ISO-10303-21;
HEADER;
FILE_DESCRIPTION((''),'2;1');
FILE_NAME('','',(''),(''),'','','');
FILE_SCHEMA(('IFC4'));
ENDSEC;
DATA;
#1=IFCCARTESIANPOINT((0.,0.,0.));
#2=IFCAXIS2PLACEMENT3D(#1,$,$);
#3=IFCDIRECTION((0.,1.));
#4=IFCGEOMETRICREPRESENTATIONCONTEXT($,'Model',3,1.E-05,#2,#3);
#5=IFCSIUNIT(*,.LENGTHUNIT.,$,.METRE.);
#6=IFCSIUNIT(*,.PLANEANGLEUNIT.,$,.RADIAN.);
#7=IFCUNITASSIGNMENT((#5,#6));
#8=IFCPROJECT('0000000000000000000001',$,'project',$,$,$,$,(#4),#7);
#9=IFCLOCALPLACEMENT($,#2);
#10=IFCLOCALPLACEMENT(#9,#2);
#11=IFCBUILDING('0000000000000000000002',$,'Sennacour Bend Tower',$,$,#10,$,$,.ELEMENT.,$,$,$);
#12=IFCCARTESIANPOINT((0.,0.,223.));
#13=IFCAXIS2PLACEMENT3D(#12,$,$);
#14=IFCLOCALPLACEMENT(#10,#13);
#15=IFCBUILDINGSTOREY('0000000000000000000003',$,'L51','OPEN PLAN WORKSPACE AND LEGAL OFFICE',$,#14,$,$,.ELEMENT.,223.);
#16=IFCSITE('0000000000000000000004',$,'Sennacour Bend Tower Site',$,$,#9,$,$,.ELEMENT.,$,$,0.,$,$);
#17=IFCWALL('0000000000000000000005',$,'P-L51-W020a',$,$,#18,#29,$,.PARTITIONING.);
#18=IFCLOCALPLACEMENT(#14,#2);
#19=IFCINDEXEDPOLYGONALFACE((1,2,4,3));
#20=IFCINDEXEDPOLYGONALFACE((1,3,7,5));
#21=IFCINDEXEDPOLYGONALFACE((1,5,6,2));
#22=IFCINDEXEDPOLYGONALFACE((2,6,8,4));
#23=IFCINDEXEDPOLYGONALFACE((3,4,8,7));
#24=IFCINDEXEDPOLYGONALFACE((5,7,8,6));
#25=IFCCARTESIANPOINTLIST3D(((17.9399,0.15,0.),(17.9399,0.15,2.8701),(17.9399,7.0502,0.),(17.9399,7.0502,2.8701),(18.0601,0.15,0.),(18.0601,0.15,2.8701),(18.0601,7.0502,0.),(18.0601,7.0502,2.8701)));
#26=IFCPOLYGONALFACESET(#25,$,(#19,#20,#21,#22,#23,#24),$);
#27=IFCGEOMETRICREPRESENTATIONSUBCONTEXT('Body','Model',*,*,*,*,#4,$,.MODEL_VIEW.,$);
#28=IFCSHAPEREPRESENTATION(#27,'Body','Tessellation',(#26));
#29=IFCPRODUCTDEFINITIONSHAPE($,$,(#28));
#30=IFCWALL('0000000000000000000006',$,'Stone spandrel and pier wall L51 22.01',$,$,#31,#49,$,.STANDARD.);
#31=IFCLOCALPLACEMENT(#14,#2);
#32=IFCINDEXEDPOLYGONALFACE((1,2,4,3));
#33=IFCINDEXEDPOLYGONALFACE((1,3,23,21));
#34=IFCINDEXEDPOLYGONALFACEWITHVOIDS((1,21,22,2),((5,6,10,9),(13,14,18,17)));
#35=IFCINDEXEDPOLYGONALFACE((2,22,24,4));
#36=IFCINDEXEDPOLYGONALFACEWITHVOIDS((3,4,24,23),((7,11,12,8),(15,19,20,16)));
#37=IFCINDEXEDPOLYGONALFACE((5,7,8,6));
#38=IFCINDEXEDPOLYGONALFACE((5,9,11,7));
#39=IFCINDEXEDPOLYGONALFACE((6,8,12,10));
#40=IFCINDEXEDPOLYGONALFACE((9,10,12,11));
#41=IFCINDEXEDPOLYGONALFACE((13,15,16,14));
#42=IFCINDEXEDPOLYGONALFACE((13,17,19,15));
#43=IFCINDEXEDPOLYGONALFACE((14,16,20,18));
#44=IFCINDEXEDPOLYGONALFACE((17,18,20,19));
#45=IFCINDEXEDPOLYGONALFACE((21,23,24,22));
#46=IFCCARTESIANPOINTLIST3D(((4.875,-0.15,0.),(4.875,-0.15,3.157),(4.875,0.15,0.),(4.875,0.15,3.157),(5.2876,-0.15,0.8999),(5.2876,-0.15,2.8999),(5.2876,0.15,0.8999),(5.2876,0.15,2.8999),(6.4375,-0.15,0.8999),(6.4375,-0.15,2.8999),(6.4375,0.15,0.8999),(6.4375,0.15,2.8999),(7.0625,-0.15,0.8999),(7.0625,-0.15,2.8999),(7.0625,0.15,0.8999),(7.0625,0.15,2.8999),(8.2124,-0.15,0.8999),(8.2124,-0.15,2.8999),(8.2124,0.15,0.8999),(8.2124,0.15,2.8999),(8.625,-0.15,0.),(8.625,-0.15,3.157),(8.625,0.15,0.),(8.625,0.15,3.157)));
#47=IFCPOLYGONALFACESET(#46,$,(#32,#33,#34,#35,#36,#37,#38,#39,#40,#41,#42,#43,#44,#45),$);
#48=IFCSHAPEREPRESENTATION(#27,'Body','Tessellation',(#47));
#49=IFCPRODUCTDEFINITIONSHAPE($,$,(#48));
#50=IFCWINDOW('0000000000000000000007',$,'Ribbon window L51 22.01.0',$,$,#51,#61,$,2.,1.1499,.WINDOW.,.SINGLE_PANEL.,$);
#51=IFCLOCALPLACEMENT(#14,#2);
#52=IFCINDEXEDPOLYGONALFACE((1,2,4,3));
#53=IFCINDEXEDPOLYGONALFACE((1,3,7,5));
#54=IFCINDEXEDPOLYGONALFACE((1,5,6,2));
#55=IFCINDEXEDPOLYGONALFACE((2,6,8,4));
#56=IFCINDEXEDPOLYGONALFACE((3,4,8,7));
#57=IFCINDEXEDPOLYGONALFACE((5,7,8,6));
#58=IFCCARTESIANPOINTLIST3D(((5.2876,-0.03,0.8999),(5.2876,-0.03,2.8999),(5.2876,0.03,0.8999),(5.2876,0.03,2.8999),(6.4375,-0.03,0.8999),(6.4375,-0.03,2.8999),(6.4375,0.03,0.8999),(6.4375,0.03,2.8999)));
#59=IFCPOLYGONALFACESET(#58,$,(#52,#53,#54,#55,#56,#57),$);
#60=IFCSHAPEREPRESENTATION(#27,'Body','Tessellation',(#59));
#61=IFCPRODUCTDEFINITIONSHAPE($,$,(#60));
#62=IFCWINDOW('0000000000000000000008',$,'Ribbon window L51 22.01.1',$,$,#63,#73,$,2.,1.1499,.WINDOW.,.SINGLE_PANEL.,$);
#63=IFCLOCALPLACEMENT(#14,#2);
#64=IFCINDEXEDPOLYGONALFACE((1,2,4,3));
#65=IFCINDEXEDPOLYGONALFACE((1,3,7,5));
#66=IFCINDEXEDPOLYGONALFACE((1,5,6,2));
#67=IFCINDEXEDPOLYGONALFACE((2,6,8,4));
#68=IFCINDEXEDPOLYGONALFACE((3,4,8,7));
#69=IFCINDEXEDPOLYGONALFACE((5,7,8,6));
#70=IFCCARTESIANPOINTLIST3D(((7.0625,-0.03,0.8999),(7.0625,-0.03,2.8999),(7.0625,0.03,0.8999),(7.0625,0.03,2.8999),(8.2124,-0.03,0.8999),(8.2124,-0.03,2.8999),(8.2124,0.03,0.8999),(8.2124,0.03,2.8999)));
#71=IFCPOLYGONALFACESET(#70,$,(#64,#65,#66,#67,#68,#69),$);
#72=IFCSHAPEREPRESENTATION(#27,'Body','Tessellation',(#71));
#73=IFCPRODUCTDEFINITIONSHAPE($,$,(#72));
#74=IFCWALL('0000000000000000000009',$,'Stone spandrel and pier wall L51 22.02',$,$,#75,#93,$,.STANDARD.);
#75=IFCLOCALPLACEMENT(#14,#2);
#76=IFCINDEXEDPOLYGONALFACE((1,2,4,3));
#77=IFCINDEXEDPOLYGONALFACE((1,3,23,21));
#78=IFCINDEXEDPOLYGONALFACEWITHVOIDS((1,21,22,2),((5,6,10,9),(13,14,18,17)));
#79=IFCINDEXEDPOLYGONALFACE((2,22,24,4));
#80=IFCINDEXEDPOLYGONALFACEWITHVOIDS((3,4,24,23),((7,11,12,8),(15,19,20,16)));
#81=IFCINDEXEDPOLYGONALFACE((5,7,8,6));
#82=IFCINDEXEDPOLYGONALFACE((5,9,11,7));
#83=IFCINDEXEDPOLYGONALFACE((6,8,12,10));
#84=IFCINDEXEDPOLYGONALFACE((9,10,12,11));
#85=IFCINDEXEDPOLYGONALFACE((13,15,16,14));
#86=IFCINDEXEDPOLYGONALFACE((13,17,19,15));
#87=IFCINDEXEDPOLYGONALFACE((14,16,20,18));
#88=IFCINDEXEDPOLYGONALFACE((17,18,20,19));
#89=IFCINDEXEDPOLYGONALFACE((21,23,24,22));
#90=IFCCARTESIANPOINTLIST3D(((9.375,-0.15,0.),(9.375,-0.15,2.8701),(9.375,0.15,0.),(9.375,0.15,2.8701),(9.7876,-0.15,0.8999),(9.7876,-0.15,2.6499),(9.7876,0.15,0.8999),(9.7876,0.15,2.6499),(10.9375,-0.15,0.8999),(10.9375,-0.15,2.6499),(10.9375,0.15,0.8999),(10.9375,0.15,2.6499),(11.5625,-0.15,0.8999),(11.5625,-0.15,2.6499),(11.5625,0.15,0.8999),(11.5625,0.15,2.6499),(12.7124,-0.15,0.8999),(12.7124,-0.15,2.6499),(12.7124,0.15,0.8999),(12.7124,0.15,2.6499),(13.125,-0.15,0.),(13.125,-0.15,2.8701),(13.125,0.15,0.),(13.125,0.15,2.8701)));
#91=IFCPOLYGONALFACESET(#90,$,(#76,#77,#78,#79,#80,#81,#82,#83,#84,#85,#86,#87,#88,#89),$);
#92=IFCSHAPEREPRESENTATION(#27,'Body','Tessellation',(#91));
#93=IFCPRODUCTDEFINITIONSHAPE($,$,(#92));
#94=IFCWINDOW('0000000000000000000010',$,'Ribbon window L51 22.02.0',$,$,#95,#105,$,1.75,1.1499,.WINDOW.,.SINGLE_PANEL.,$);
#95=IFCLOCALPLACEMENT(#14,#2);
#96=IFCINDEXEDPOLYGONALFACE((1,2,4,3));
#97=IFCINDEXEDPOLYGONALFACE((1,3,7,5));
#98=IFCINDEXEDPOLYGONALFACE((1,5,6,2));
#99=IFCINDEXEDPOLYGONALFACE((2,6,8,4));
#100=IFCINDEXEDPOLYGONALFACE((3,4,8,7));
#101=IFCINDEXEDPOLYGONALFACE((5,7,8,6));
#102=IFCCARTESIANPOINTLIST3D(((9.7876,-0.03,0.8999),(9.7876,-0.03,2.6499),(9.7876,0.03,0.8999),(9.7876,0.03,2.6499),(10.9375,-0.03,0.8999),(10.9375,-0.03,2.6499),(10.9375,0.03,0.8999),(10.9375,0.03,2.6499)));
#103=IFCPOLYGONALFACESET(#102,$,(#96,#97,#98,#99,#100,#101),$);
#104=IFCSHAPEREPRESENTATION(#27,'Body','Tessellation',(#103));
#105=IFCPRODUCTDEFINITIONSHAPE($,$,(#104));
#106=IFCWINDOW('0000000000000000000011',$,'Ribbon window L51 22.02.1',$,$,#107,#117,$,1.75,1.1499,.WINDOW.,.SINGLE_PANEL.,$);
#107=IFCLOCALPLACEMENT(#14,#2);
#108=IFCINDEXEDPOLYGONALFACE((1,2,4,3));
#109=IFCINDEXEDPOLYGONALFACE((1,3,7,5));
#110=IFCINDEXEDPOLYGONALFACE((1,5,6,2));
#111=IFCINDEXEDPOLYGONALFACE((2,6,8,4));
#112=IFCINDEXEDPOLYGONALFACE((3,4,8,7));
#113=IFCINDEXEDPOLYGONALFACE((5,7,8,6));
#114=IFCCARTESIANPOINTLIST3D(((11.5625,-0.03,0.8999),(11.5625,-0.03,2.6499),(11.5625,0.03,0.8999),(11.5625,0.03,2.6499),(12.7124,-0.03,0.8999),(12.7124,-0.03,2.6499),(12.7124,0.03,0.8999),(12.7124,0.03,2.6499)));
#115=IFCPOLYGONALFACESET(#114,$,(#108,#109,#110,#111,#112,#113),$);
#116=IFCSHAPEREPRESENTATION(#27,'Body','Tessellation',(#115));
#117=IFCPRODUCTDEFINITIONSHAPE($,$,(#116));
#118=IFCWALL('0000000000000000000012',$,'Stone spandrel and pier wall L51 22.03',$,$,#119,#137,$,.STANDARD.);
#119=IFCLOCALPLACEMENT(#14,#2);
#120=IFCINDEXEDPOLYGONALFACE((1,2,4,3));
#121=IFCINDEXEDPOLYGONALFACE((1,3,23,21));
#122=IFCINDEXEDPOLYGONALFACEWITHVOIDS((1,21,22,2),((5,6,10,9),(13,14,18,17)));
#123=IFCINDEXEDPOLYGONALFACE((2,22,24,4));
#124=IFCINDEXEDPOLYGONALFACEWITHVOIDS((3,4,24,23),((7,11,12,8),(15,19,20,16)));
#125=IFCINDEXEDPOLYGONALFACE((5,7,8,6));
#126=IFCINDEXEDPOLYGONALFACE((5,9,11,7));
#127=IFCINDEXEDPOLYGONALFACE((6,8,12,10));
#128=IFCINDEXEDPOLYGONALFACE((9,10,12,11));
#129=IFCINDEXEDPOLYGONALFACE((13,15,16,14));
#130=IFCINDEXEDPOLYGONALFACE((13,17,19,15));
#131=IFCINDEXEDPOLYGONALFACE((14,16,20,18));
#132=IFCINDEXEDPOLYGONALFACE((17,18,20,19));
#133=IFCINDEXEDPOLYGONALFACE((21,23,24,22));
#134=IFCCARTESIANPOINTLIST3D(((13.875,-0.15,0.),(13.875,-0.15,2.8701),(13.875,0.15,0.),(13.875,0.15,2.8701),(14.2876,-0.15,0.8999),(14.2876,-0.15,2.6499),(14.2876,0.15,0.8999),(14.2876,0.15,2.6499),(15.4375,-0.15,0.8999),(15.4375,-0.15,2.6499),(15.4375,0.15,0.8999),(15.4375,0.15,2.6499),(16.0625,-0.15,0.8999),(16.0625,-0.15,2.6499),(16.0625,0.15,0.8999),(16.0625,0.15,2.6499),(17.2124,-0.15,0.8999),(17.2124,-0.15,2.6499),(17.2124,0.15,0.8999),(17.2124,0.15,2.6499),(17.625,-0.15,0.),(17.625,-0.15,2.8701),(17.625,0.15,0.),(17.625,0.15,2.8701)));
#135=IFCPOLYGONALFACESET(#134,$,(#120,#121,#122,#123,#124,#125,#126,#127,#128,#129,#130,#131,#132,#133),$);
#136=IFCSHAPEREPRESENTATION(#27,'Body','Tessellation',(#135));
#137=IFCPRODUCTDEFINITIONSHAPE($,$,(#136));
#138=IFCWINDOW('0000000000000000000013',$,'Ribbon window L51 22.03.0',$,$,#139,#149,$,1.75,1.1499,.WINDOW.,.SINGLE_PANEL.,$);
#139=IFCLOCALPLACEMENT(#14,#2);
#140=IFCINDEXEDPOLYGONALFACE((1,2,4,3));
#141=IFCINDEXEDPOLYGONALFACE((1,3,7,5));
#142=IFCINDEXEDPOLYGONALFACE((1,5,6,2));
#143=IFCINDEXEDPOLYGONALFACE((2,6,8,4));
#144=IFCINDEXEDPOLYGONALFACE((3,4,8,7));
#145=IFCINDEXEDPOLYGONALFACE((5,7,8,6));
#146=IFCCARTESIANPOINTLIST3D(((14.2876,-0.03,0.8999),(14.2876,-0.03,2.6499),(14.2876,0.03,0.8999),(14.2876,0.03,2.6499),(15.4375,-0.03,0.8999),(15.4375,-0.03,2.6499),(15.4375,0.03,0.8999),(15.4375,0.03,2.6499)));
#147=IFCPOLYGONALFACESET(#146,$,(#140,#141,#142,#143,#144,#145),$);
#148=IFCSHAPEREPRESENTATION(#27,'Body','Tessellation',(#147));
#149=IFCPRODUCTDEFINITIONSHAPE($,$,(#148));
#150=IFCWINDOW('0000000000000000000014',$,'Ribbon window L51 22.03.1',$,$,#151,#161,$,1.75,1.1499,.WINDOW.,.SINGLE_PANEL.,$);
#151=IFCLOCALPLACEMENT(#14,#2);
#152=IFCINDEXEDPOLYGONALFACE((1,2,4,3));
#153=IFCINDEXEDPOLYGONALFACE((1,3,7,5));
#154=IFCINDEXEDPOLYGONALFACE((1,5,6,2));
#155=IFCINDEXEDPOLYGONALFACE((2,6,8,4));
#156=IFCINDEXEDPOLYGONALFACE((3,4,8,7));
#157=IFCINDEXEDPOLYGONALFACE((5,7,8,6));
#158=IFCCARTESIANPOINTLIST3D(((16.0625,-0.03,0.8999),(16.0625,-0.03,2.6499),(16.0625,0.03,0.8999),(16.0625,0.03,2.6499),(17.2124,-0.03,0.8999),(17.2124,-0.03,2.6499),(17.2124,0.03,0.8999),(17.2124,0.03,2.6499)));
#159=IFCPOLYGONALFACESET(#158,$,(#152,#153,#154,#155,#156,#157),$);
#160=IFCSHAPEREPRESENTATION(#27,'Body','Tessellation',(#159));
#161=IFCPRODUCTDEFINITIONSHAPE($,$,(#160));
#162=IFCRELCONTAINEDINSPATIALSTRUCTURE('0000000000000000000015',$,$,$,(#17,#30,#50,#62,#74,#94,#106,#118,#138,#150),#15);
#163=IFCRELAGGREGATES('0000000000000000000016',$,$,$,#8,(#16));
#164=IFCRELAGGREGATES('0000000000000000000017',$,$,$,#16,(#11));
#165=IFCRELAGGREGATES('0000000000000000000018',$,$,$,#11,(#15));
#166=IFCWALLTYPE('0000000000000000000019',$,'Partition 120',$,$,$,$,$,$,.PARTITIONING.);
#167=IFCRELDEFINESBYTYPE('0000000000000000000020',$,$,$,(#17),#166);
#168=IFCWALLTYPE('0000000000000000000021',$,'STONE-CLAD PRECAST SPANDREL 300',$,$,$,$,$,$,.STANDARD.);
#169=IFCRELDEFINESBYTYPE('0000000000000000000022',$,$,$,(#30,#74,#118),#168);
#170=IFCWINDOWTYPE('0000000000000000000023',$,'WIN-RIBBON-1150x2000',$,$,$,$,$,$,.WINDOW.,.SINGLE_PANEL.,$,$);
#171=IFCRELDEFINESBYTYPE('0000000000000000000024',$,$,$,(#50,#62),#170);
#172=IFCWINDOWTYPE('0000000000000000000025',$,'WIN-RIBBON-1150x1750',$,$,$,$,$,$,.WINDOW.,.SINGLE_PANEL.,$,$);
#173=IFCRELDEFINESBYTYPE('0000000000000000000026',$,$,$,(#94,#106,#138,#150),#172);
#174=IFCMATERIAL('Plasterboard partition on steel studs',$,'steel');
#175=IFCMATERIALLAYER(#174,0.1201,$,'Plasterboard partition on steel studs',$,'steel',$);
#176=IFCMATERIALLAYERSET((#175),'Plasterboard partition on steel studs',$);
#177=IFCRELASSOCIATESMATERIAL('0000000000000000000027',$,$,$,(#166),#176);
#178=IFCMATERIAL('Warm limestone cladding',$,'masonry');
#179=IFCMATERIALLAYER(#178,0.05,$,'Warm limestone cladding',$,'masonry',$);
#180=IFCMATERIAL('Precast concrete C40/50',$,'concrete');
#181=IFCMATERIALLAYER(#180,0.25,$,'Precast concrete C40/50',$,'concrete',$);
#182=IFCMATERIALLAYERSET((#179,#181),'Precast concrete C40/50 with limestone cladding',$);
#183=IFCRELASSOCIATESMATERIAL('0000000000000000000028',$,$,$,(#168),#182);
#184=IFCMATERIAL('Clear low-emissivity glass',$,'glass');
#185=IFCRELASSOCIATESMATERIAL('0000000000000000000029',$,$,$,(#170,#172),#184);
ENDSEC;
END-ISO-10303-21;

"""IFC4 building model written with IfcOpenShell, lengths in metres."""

from ifc_helpers import new_model, si_unit, direction, frame, frame_2d, origin, place, context, subcontext, project, spatial, rectangle, extrude, material, layer, layer_set, type_object, element, fill, save


model = new_model("IFC4")

# Units and contexts
model_context = context("Model", 3, precision=1e-05, world=origin(), true_north=direction((0.0, 1.0)))
body_context = subcontext(model_context, "Body", "Model", "MODEL_VIEW")
ifc_project = project(units=[si_unit("LENGTHUNIT", "METRE"), si_unit("PLANEANGLEUNIT", "RADIAN")], contexts=[model_context])

# Site, building, storey
site_placement = place(None, origin())
site = spatial("IfcSite", under=ifc_project, at=site_placement, Name="Sennacour Bend Tower Site", CompositionType="ELEMENT", RefElevation=0.0)
building_placement = place(site_placement, origin())
building = spatial("IfcBuilding", under=site, at=building_placement, Name="Sennacour Bend Tower", CompositionType="ELEMENT")
storey_placement = place(building_placement, frame((0.0, 0.0, 223.0)))
storey = spatial("IfcBuildingStorey", under=building, at=storey_placement, Name="L51", Description="OPEN PLAN WORKSPACE AND LEGAL OFFICE", CompositionType="ELEMENT", Elevation=223.0)

# Wall
ifc_material_1 = material(Name="Plasterboard partition on steel studs", Category="steel")
ifc_layer_1 = layer(ifc_material_1, 0.1201, Name="Plasterboard partition on steel studs", Category="steel")
ifc_layer_set_1 = layer_set([ifc_layer_1], Name="Plasterboard partition on steel studs")
wall_type_1 = type_object("IfcWallType", Name="Partition 120", PredefinedType="PARTITIONING", material=ifc_layer_set_1)
for number, where, z_axis, x_axis, name in (
    (1, (18.0, 0.1499, 0.0), (0.0, 0.0, 1.0), (0.0, 1.0, 0.0), "P-L51-W020a"),
):
    element("IfcWall", number, at=place(storey_placement, frame(where, z_axis=z_axis, x_axis=x_axis)), inside=storey, type_object=wall_type_1, Name=name, PredefinedType="PARTITIONING", context=body_context, shape_type="SweptSolid", body=[
        extrude(rectangle(XDim=6.9001, YDim=0.1201, at=frame_2d((3.4502, 0.0))), origin(), (0.0, 0.0, 1.0), 2.8701),
    ])

# Walls, openings, windows
ifc_material_2 = material(Name="Warm limestone cladding", Category="masonry")
ifc_layer_2 = layer(ifc_material_2, 0.05, Name="Warm limestone cladding", Category="masonry")
ifc_material_3 = material(Name="Precast concrete C40/50", Category="concrete")
ifc_layer_3 = layer(ifc_material_3, 0.25, Name="Precast concrete C40/50", Category="concrete")
ifc_layer_set_2 = layer_set([ifc_layer_2, ifc_layer_3], Name="Precast concrete C40/50 with limestone cladding")
wall_type_2 = type_object("IfcWallType", Name="STONE-CLAD PRECAST SPANDREL 300", PredefinedType="STANDARD", material=ifc_layer_set_2)
wall_1_placement = place(storey_placement, frame((4.875, 0.0, 0.0), z_axis=(0.0, 0.0, 1.0), x_axis=(1.0, 0.0, 0.0)))
wall_1 = element("IfcWall", 2, at=wall_1_placement, inside=storey, type_object=wall_type_2, Name="Stone spandrel and pier wall L51 22.01", PredefinedType="STANDARD", context=body_context, shape_type="SweptSolid", body=[
    extrude(rectangle(XDim=3.75, YDim=0.3, at=frame_2d((1.875, 0.0))), origin(), (0.0, 0.0, 1.0), 3.157),
])
opening_1_placement = place(wall_1_placement, frame((0.4126, 0.0, 0.8999)))
opening_1 = element("IfcOpeningElement", 3, at=opening_1_placement, cuts=wall_1, PredefinedType="OPENING", context=body_context, shape_type="SweptSolid", body=[
    extrude(rectangle(XDim=1.1499, YDim=2.0, at=frame_2d((0.575, 1.0))), frame((0.0, 0.1602, 0.0), z_axis=(0.0, -1.0, 0.0), x_axis=(1.0, 0.0, 0.0)), (0.0, 0.0, 1.0), 0.3201),
])
opening_2_placement = place(wall_1_placement, frame((2.1875, 0.0, 0.8999)))
opening_2 = element("IfcOpeningElement", 4, at=opening_2_placement, cuts=wall_1, PredefinedType="OPENING", context=body_context, shape_type="SweptSolid", body=[
    extrude(rectangle(XDim=1.1499, YDim=2.0, at=frame_2d((0.575, 1.0))), frame((0.0, 0.1602, 0.0), z_axis=(0.0, -1.0, 0.0), x_axis=(1.0, 0.0, 0.0)), (0.0, 0.0, 1.0), 0.3201),
])
ifc_material_4 = material(Name="Clear low-emissivity glass", Category="glass")
window_type_1 = type_object("IfcWindowType", Name="WIN-RIBBON-1150x2000", PartitioningType="SINGLE_PANEL", PredefinedType="WINDOW", material=ifc_material_4)
window_1_placement = place(opening_1_placement, origin())
window_1 = element("IfcWindow", 5, at=window_1_placement, inside=storey, type_object=window_type_1, Name="Ribbon window L51 22.01.0", OverallHeight=2.0, OverallWidth=1.1499, PartitioningType="SINGLE_PANEL", PredefinedType="WINDOW", context=body_context, shape_type="SweptSolid", body=[
    extrude(rectangle(XDim=1.1499, YDim=2.0, at=frame_2d((0.575, 1.0))), frame((0.0, 0.03, 0.0), z_axis=(0.0, -1.0, 0.0), x_axis=(1.0, 0.0, 0.0)), (0.0, 0.0, 1.0), 0.0601),
])
fill(opening_1, window_1)
window_2_placement = place(opening_2_placement, origin())
window_2 = element("IfcWindow", 6, at=window_2_placement, inside=storey, type_object=window_type_1, Name="Ribbon window L51 22.01.1", OverallHeight=2.0, OverallWidth=1.1499, PartitioningType="SINGLE_PANEL", PredefinedType="WINDOW", context=body_context, shape_type="SweptSolid", body=[
    extrude(rectangle(XDim=1.1499, YDim=2.0, at=frame_2d((0.575, 1.0))), frame((0.0, 0.03, 0.0), z_axis=(0.0, -1.0, 0.0), x_axis=(1.0, 0.0, 0.0)), (0.0, 0.0, 1.0), 0.0601),
])
fill(opening_2, window_2)
wall_2_placement = place(storey_placement, frame((9.375, 0.0, 0.0), z_axis=(0.0, 0.0, 1.0), x_axis=(1.0, 0.0, 0.0)))
wall_2 = element("IfcWall", 7, at=wall_2_placement, inside=storey, type_object=wall_type_2, Name="Stone spandrel and pier wall L51 22.02", PredefinedType="STANDARD", context=body_context, shape_type="SweptSolid", body=[
    extrude(rectangle(XDim=3.75, YDim=0.3, at=frame_2d((1.875, 0.0))), origin(), (0.0, 0.0, 1.0), 2.8701),
])
opening_3_placement = place(wall_2_placement, frame((0.4126, 0.0, 0.8999)))
opening_3 = element("IfcOpeningElement", 8, at=opening_3_placement, cuts=wall_2, PredefinedType="OPENING", context=body_context, shape_type="SweptSolid", body=[
    extrude(rectangle(XDim=1.1499, YDim=1.75, at=frame_2d((0.575, 0.875))), frame((0.0, 0.1602, 0.0), z_axis=(0.0, -1.0, 0.0), x_axis=(1.0, 0.0, 0.0)), (0.0, 0.0, 1.0), 0.3201),
])
opening_4_placement = place(wall_2_placement, frame((2.1875, 0.0, 0.8999)))
opening_4 = element("IfcOpeningElement", 9, at=opening_4_placement, cuts=wall_2, PredefinedType="OPENING", context=body_context, shape_type="SweptSolid", body=[
    extrude(rectangle(XDim=1.1499, YDim=1.75, at=frame_2d((0.575, 0.875))), frame((0.0, 0.1602, 0.0), z_axis=(0.0, -1.0, 0.0), x_axis=(1.0, 0.0, 0.0)), (0.0, 0.0, 1.0), 0.3201),
])
window_type_2 = type_object("IfcWindowType", Name="WIN-RIBBON-1150x1750", PartitioningType="SINGLE_PANEL", PredefinedType="WINDOW", material=ifc_material_4)
window_3_placement = place(opening_3_placement, origin())
window_3 = element("IfcWindow", 10, at=window_3_placement, inside=storey, type_object=window_type_2, Name="Ribbon window L51 22.02.0", OverallHeight=1.75, OverallWidth=1.1499, PartitioningType="SINGLE_PANEL", PredefinedType="WINDOW", context=body_context, shape_type="SweptSolid", body=[
    extrude(rectangle(XDim=1.1499, YDim=1.75, at=frame_2d((0.575, 0.875))), frame((0.0, 0.03, 0.0), z_axis=(0.0, -1.0, 0.0), x_axis=(1.0, 0.0, 0.0)), (0.0, 0.0, 1.0), 0.0601),
])
fill(opening_3, window_3)
window_4_placement = place(opening_4_placement, origin())
window_4 = element("IfcWindow", 11, at=window_4_placement, inside=storey, type_object=window_type_2, Name="Ribbon window L51 22.02.1", OverallHeight=1.75, OverallWidth=1.1499, PartitioningType="SINGLE_PANEL", PredefinedType="WINDOW", context=body_context, shape_type="SweptSolid", body=[
    extrude(rectangle(XDim=1.1499, YDim=1.75, at=frame_2d((0.575, 0.875))), frame((0.0, 0.03, 0.0), z_axis=(0.0, -1.0, 0.0), x_axis=(1.0, 0.0, 0.0)), (0.0, 0.0, 1.0), 0.0601),
])
fill(opening_4, window_4)
wall_3_placement = place(storey_placement, frame((13.875, 0.0, 0.0), z_axis=(0.0, 0.0, 1.0), x_axis=(1.0, 0.0, 0.0)))
wall_3 = element("IfcWall", 12, at=wall_3_placement, inside=storey, type_object=wall_type_2, Name="Stone spandrel and pier wall L51 22.03", PredefinedType="STANDARD", context=body_context, shape_type="SweptSolid", body=[
    extrude(rectangle(XDim=3.75, YDim=0.3, at=frame_2d((1.875, 0.0))), origin(), (0.0, 0.0, 1.0), 2.8701),
])
opening_5_placement = place(wall_3_placement, frame((0.4126, 0.0, 0.8999)))
opening_5 = element("IfcOpeningElement", 13, at=opening_5_placement, cuts=wall_3, PredefinedType="OPENING", context=body_context, shape_type="SweptSolid", body=[
    extrude(rectangle(XDim=1.1499, YDim=1.75, at=frame_2d((0.575, 0.875))), frame((0.0, 0.1602, 0.0), z_axis=(0.0, -1.0, 0.0), x_axis=(1.0, 0.0, 0.0)), (0.0, 0.0, 1.0), 0.3201),
])
opening_6_placement = place(wall_3_placement, frame((2.1875, 0.0, 0.8999)))
opening_6 = element("IfcOpeningElement", 14, at=opening_6_placement, cuts=wall_3, PredefinedType="OPENING", context=body_context, shape_type="SweptSolid", body=[
    extrude(rectangle(XDim=1.1499, YDim=1.75, at=frame_2d((0.575, 0.875))), frame((0.0, 0.1602, 0.0), z_axis=(0.0, -1.0, 0.0), x_axis=(1.0, 0.0, 0.0)), (0.0, 0.0, 1.0), 0.3201),
])
window_5_placement = place(opening_5_placement, origin())
window_5 = element("IfcWindow", 15, at=window_5_placement, inside=storey, type_object=window_type_2, Name="Ribbon window L51 22.03.0", OverallHeight=1.75, OverallWidth=1.1499, PartitioningType="SINGLE_PANEL", PredefinedType="WINDOW", context=body_context, shape_type="SweptSolid", body=[
    extrude(rectangle(XDim=1.1499, YDim=1.75, at=frame_2d((0.575, 0.875))), frame((0.0, 0.03, 0.0), z_axis=(0.0, -1.0, 0.0), x_axis=(1.0, 0.0, 0.0)), (0.0, 0.0, 1.0), 0.0601),
])
fill(opening_5, window_5)
window_6_placement = place(opening_6_placement, origin())
window_6 = element("IfcWindow", 16, at=window_6_placement, inside=storey, type_object=window_type_2, Name="Ribbon window L51 22.03.1", OverallHeight=1.75, OverallWidth=1.1499, PartitioningType="SINGLE_PANEL", PredefinedType="WINDOW", context=body_context, shape_type="SweptSolid", body=[
    extrude(rectangle(XDim=1.1499, YDim=1.75, at=frame_2d((0.575, 0.875))), frame((0.0, 0.03, 0.0), z_axis=(0.0, -1.0, 0.0), x_axis=(1.0, 0.0, 0.0)), (0.0, 0.0, 1.0), 0.0601),
])
fill(opening_6, window_6)

save(model, "model.ifc")
